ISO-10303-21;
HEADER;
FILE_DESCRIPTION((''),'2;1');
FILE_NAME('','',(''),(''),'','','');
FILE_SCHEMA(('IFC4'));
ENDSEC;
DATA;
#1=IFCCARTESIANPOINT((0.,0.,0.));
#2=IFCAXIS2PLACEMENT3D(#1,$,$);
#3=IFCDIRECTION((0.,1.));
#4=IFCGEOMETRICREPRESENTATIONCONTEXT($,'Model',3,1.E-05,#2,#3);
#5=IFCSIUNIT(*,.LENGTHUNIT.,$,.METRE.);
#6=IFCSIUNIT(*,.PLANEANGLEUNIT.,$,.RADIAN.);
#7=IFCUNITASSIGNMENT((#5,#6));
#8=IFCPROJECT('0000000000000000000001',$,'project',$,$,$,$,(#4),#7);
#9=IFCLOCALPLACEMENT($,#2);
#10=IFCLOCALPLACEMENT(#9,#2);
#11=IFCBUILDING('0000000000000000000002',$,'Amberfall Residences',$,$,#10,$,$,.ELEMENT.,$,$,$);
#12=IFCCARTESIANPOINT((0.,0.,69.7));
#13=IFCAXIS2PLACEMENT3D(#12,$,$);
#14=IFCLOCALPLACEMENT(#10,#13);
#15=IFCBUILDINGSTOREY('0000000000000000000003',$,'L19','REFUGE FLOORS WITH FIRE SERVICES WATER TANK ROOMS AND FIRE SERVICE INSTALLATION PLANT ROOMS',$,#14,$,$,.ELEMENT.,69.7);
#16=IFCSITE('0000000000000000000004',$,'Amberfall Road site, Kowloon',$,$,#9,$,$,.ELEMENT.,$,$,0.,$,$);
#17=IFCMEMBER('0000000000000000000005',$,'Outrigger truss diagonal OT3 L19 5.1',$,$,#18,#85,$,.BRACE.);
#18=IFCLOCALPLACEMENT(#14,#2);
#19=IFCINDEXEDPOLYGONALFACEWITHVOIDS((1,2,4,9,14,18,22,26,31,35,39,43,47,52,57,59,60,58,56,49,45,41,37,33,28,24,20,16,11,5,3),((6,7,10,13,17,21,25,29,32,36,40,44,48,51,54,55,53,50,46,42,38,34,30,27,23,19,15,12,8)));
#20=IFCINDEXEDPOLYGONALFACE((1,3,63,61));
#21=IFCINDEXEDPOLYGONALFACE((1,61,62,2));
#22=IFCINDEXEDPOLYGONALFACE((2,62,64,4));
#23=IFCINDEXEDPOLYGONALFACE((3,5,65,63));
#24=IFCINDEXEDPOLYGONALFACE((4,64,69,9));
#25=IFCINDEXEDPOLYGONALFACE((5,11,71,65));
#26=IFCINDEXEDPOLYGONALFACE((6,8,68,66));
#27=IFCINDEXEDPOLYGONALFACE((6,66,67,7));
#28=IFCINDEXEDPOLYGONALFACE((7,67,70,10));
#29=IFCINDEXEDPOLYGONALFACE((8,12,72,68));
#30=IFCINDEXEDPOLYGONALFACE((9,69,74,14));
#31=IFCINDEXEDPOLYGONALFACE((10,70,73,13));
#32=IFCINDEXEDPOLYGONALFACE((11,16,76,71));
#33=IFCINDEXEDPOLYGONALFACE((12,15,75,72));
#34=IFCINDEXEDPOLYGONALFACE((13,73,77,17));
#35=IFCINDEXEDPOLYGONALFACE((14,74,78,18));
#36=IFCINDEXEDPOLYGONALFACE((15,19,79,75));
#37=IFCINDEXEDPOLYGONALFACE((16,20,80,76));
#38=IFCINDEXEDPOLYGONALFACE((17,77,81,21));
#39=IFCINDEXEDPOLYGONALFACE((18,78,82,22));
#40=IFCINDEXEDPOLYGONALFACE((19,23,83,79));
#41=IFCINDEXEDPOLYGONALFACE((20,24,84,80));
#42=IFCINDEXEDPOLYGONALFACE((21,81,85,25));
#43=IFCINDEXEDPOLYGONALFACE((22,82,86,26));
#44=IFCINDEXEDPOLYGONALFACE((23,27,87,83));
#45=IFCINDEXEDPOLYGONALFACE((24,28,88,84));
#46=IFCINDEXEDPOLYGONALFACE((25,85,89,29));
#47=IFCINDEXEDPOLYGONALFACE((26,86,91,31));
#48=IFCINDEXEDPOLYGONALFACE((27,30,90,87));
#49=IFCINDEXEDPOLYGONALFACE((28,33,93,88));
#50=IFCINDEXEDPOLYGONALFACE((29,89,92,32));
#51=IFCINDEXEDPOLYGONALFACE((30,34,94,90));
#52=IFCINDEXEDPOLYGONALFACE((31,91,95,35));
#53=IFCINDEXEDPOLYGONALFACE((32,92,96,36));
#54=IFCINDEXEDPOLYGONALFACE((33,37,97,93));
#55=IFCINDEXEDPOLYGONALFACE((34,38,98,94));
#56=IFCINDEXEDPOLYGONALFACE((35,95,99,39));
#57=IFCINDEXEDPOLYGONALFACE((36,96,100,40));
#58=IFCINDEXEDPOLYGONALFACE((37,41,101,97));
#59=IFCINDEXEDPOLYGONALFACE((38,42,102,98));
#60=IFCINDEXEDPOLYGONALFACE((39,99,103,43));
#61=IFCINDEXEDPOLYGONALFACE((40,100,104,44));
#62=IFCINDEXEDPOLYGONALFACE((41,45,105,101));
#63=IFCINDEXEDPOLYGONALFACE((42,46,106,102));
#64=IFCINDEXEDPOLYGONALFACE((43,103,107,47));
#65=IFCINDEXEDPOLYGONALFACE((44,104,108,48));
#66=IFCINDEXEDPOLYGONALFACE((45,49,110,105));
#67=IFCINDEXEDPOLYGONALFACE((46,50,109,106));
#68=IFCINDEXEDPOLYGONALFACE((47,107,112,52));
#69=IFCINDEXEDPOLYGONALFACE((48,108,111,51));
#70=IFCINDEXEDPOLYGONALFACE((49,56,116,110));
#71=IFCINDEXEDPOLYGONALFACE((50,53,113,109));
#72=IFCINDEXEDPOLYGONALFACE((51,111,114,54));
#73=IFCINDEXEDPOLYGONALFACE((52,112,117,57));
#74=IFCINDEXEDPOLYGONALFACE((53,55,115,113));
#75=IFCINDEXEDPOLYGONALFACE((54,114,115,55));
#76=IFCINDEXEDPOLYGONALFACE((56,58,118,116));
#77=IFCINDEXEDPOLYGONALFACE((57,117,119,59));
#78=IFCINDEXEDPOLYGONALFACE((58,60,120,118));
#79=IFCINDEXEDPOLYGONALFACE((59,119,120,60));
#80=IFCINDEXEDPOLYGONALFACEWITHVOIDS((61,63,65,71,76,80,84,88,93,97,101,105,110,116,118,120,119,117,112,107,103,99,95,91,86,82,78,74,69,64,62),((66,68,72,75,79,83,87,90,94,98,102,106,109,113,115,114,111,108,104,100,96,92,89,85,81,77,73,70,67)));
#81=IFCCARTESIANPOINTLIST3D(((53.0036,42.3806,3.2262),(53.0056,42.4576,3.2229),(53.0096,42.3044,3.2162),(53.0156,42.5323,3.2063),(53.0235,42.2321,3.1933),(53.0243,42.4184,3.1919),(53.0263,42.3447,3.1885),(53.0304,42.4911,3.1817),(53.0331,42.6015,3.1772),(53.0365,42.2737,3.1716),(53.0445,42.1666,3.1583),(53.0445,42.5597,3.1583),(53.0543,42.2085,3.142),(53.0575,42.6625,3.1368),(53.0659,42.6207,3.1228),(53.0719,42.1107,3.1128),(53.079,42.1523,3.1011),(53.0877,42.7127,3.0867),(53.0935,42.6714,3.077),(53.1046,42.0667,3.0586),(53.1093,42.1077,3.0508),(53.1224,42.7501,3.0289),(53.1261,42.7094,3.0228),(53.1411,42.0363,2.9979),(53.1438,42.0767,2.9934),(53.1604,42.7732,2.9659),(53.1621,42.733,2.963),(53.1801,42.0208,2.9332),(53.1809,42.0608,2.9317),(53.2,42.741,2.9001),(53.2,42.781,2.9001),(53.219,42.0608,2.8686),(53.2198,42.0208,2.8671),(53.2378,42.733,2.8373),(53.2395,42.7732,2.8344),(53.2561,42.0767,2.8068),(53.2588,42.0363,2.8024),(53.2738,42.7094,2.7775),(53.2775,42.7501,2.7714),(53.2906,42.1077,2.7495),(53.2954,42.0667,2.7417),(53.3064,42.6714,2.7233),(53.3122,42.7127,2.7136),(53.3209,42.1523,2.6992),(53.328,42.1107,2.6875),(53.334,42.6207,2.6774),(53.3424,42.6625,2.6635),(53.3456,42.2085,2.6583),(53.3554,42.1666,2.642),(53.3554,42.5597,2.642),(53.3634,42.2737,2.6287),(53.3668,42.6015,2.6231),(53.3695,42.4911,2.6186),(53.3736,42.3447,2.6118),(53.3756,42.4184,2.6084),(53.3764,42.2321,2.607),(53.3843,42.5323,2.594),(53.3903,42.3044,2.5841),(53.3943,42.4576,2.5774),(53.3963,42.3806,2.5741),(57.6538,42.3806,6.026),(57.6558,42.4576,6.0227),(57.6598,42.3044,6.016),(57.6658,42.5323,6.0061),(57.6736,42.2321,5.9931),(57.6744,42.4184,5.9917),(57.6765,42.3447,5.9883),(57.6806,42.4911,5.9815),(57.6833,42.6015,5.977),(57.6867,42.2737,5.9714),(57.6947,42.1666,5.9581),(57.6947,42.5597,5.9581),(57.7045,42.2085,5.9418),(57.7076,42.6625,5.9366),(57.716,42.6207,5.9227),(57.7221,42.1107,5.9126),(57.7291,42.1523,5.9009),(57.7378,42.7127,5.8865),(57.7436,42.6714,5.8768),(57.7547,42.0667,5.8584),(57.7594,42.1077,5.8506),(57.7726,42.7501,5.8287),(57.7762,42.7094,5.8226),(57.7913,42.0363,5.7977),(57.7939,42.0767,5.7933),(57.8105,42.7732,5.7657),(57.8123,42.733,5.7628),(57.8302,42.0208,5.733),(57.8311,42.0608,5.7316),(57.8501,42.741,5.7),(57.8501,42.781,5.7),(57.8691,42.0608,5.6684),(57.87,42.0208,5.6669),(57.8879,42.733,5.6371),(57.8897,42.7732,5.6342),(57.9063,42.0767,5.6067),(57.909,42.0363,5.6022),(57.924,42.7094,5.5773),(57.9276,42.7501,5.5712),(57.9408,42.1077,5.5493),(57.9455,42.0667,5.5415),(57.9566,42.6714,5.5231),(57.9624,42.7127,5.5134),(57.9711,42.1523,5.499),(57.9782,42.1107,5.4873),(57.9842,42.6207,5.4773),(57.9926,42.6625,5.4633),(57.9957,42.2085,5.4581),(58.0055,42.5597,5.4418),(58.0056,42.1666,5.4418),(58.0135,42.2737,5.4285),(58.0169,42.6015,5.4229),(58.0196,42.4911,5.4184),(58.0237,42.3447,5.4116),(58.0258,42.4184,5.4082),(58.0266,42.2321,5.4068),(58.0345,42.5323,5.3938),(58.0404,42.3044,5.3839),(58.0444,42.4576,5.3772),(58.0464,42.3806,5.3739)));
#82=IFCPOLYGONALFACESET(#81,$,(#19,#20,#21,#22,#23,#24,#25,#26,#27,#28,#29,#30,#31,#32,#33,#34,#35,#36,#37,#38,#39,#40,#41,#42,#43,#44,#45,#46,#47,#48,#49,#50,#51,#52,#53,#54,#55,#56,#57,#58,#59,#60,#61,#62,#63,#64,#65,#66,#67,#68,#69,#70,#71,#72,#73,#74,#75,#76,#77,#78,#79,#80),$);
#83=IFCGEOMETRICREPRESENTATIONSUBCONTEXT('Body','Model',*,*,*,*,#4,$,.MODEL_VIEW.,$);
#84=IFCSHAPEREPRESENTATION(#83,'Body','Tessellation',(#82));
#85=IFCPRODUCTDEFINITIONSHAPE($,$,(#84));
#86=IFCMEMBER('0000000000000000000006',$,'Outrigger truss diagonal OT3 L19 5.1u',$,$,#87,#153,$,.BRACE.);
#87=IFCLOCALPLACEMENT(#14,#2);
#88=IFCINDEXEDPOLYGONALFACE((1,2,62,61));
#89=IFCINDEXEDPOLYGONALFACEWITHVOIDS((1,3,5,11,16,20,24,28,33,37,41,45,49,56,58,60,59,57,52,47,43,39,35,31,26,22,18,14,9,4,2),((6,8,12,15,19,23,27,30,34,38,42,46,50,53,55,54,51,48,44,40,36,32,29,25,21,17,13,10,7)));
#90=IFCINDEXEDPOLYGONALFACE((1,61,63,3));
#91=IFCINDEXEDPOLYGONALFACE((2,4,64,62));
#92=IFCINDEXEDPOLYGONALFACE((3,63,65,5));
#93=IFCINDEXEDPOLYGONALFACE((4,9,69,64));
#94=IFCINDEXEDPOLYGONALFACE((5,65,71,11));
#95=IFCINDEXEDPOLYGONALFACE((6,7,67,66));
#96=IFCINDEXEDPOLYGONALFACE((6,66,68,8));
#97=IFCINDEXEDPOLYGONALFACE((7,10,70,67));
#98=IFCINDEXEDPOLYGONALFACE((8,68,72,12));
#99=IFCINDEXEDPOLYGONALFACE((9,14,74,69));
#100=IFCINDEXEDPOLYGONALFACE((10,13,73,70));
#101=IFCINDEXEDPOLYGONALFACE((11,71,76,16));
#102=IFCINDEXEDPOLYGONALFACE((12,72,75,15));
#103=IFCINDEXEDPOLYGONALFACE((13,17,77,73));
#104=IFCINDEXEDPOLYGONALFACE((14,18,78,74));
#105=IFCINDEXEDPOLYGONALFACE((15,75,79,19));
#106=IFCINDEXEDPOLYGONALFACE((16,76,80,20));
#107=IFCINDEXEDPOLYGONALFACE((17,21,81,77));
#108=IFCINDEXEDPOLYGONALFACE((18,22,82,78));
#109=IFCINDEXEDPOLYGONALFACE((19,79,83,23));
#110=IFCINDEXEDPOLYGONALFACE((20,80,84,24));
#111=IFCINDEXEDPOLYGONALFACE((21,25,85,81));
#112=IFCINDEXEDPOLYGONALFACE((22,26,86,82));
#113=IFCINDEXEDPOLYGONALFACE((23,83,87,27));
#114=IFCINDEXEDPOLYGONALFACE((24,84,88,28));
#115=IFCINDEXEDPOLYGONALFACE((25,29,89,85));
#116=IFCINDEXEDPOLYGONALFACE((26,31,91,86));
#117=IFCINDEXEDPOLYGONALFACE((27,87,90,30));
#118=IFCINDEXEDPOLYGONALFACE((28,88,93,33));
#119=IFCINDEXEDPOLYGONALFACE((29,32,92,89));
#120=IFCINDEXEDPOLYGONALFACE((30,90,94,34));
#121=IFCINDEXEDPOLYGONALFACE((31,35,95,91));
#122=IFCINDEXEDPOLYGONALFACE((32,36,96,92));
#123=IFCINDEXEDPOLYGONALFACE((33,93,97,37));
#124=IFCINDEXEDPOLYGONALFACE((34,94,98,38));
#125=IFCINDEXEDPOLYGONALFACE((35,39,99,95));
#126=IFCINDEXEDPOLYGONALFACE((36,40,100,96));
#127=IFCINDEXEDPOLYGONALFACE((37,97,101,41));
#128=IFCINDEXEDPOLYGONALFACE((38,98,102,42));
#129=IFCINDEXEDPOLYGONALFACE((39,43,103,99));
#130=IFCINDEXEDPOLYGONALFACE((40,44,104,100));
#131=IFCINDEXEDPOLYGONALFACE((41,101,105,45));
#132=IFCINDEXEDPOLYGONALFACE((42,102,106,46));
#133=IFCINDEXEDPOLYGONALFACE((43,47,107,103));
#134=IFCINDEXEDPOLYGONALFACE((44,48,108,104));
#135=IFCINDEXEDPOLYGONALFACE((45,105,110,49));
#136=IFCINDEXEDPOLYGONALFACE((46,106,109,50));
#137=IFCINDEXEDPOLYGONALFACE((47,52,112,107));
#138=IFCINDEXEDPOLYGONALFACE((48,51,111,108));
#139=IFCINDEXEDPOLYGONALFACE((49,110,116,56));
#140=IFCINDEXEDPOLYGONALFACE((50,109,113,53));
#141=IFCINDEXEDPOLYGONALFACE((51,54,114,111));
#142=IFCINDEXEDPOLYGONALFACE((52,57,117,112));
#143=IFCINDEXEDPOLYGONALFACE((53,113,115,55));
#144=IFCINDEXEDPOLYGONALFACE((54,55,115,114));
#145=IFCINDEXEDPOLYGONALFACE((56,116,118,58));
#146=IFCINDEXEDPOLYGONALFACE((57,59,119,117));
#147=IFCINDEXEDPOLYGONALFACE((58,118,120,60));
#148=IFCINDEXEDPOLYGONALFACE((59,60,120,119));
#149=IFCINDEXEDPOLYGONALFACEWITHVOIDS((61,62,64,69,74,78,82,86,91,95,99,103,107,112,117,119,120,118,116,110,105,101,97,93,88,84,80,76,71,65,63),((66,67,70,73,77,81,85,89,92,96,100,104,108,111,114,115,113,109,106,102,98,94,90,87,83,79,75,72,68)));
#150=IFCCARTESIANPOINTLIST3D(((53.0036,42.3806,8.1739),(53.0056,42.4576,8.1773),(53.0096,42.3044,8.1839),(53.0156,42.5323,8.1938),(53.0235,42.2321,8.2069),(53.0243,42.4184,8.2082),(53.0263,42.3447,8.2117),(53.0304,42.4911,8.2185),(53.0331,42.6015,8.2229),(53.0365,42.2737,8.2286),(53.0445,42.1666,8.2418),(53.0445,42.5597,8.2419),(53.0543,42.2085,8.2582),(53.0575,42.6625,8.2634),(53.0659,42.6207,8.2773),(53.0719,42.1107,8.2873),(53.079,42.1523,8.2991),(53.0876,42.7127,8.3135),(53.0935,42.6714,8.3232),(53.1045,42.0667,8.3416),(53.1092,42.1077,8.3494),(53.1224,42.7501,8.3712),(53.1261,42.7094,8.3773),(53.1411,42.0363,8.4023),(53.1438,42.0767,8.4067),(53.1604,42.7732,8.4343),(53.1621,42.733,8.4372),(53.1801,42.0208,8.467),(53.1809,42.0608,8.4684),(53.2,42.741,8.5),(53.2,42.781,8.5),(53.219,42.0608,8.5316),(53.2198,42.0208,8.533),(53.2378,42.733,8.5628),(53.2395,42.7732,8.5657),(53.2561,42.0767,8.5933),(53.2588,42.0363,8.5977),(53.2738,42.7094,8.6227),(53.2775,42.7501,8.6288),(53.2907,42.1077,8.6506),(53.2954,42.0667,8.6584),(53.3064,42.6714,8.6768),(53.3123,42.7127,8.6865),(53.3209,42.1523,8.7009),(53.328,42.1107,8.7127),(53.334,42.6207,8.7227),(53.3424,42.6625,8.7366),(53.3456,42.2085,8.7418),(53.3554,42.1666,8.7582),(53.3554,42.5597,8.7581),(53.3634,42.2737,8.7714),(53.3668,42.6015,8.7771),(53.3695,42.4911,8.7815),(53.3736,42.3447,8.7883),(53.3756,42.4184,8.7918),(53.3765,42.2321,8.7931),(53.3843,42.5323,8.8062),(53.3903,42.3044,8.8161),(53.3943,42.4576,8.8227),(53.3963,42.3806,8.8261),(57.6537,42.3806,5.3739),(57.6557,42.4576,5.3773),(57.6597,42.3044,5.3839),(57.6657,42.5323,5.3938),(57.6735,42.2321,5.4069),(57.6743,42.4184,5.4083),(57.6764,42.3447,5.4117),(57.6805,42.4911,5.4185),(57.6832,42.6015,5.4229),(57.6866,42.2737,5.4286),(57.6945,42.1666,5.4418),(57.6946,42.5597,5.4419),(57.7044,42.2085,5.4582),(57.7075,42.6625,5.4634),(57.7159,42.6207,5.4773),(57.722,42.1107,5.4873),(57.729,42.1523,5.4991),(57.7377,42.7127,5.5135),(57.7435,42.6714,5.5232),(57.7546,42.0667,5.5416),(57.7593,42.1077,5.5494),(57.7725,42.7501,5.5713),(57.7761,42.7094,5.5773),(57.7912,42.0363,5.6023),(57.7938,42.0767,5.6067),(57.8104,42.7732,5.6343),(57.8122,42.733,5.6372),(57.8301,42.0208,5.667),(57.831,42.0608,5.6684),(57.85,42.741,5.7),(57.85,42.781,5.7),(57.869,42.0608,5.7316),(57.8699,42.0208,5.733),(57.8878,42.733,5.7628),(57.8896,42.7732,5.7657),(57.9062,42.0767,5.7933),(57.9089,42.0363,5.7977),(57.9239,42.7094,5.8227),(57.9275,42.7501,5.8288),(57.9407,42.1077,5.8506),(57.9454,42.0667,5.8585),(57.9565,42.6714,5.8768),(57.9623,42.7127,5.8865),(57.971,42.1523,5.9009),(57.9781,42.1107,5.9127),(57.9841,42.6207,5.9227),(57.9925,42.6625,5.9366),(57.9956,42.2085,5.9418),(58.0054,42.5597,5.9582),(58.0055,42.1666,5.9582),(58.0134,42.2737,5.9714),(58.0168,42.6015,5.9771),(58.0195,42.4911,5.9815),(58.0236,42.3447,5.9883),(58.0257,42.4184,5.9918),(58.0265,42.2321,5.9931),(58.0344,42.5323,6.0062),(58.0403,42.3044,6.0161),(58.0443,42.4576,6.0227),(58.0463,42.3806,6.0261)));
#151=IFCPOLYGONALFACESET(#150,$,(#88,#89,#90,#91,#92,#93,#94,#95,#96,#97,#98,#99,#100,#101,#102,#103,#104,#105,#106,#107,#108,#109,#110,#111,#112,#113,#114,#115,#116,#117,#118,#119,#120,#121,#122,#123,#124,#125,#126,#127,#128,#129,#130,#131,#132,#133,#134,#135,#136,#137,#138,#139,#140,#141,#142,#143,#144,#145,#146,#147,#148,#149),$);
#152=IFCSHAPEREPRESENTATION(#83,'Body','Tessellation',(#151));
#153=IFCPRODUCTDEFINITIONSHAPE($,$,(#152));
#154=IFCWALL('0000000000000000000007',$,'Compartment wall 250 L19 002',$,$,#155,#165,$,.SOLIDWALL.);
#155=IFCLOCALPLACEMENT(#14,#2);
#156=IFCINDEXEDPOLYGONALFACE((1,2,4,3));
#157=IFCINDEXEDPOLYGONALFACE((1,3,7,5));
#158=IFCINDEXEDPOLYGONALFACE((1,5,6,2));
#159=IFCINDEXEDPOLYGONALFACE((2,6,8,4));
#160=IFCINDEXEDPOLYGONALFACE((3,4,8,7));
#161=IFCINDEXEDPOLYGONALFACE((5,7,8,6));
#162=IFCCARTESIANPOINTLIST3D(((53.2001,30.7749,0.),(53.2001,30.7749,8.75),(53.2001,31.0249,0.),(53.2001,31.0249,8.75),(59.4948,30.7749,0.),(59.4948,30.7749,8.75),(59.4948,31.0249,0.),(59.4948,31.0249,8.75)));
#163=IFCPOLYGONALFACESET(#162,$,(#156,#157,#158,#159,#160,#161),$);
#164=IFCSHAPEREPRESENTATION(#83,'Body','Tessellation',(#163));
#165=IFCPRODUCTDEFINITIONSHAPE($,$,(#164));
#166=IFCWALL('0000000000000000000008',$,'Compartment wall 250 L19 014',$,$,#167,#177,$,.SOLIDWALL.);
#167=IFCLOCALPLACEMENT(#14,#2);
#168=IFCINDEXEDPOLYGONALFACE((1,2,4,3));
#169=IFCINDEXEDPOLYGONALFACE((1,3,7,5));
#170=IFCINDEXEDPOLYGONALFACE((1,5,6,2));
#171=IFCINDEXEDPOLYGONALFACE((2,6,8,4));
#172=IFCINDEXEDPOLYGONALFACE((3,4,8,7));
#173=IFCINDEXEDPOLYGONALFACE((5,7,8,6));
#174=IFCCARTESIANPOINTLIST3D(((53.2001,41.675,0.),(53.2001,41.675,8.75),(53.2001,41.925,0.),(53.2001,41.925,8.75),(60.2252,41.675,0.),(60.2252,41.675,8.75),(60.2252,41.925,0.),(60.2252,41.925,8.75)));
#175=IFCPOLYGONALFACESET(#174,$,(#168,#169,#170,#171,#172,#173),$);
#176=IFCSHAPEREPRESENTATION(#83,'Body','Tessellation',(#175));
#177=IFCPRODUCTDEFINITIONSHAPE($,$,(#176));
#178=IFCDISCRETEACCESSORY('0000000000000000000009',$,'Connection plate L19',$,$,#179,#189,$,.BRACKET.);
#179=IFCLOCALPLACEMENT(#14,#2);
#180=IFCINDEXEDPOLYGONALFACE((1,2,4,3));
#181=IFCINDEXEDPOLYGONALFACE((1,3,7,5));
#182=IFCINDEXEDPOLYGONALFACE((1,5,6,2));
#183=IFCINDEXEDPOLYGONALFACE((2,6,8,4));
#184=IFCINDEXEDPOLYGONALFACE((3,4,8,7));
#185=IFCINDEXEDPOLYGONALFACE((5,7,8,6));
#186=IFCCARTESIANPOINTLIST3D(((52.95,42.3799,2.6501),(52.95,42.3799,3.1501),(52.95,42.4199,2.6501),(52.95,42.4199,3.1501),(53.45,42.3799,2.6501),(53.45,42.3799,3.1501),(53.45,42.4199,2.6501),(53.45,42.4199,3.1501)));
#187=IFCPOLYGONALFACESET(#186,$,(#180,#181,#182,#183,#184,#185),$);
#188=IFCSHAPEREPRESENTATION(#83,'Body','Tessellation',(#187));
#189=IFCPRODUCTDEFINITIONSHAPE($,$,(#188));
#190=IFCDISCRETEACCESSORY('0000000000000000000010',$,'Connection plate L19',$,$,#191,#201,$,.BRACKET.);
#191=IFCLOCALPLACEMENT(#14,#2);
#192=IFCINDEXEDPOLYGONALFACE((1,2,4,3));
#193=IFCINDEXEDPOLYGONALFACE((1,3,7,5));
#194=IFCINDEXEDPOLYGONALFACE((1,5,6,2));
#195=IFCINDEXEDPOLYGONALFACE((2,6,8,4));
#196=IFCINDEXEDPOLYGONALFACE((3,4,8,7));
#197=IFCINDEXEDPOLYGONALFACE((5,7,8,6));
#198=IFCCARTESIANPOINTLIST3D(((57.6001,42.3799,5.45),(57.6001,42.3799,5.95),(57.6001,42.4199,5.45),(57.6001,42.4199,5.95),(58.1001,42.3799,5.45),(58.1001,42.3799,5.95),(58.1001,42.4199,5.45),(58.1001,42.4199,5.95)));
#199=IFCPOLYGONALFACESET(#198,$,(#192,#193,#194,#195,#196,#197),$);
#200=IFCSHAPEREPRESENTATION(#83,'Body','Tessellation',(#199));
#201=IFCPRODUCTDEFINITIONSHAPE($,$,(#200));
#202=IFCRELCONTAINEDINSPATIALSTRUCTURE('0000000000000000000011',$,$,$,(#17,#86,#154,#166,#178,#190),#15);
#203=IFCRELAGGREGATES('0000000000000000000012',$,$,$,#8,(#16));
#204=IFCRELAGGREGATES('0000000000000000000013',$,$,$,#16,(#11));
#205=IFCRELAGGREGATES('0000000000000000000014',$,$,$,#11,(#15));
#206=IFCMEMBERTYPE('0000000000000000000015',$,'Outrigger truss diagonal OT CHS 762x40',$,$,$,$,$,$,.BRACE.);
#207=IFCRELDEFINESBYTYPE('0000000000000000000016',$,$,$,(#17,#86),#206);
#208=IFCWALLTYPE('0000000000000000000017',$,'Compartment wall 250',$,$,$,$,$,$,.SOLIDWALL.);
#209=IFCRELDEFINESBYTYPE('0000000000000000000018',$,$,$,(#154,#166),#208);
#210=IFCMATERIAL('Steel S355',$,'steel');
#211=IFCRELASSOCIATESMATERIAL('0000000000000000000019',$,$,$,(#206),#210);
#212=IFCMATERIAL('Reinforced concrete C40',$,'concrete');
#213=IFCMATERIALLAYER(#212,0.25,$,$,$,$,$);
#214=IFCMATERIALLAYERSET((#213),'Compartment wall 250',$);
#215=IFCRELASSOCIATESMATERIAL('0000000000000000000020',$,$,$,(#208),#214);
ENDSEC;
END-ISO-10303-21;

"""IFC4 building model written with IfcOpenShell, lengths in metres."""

from ifc_helpers import new_model, si_unit, direction, frame, frame_2d, origin, origin_2d, place, context, subcontext, project, spatial, rectangle, hollow_circle, extrude, material, layer, layer_set, material_profile, profile_set, type_object, element, save


model = new_model("IFC4")

# Units and contexts
model_context = context("Model", 3, precision=1e-05, world=origin(), true_north=direction((0.0, 1.0)))
body_context = subcontext(model_context, "Body", "Model", "MODEL_VIEW")
ifc_project = project(units=[si_unit("LENGTHUNIT", "METRE"), si_unit("PLANEANGLEUNIT", "RADIAN")], contexts=[model_context])

# Site, building, storey
site_placement = place(None, origin())
site = spatial("IfcSite", under=ifc_project, at=site_placement, Name="Amberfall Road site, Kowloon", CompositionType="ELEMENT", RefElevation=0.0)
building_placement = place(site_placement, origin())
building = spatial("IfcBuilding", under=site, at=building_placement, Name="Amberfall Residences", CompositionType="ELEMENT")
storey_placement = place(building_placement, frame((0.0, 0.0, 69.7)))
storey = spatial("IfcBuildingStorey", under=building, at=storey_placement, Name="L19", Description="REFUGE FLOORS WITH FIRE SERVICES WATER TANK ROOMS AND FIRE SERVICE INSTALLATION PLANT ROOMS", CompositionType="ELEMENT", Elevation=69.7)

# Shared definitions
ifc_material_1 = material(Name="Steel S355", Category="steel")

# Members
ifc_material_profile_1 = material_profile(ifc_material_1, hollow_circle(Radius=0.3811, WallThickness=0.04, at=origin_2d()), Name="CHS 762x40")
ifc_profile_set_1 = profile_set([ifc_material_profile_1], Name="Steel S355")
member_type_1 = type_object("IfcMemberType", Name="Outrigger truss diagonal OT CHS 762x40", PredefinedType="BRACE", material=ifc_profile_set_1)
for number, where, z_axis, x_axis, name in (
    (1, (53.2, 42.3999, 2.9001), (0.856702, 0.0, 0.515811), (0.0, 1.0, 0.0), "Outrigger truss diagonal OT3 L19 5.1"),
    (2, (53.2, 42.3999, 8.5), (0.856682, 0.0, -0.515844), (0.0, 1.0, 0.0), "Outrigger truss diagonal OT3 L19 5.1u"),
):
    element("IfcMember", number, at=place(storey_placement, frame(where, z_axis=z_axis, x_axis=x_axis)), inside=storey, type_object=member_type_1, Name=name, PredefinedType="BRACE", context=body_context, shape_type="SweptSolid", body=[
        extrude(hollow_circle(Radius=0.3811, WallThickness=0.04, at=origin_2d()), origin(), (0.0, 0.0, 1.0), 5.428),
    ])

# Walls
ifc_material_2 = material(Name="Reinforced concrete C40", Category="concrete")
ifc_layer = layer(ifc_material_2, 0.25)
ifc_layer_set = layer_set([ifc_layer], Name="Compartment wall 250")
wall_type = type_object("IfcWallType", Name="Compartment wall 250", PredefinedType="SOLIDWALL", material=ifc_layer_set)
wall_1_placement = place(storey_placement, frame((53.2, 30.8999, 0.0), z_axis=(0.0, 0.0, 1.0), x_axis=(1.0, 0.0, 0.0)))
element("IfcWall", 3, at=wall_1_placement, inside=storey, type_object=wall_type, Name="Compartment wall 250 L19 002", PredefinedType="SOLIDWALL", context=body_context, shape_type="SweptSolid", body=[
    extrude(rectangle(XDim=6.2947, YDim=0.25, at=frame_2d((3.1475, 0.0))), origin(), (0.0, 0.0, 1.0), 8.75),
])
wall_2_placement = place(storey_placement, frame((53.2, 41.8, 0.0), z_axis=(0.0, 0.0, 1.0), x_axis=(1.0, 0.0, 0.0)))
element("IfcWall", 4, at=wall_2_placement, inside=storey, type_object=wall_type, Name="Compartment wall 250 L19 014", PredefinedType="SOLIDWALL", context=body_context, shape_type="SweptSolid", body=[
    extrude(rectangle(XDim=7.0251, YDim=0.25, at=frame_2d((3.5127, 0.0))), origin(), (0.0, 0.0, 1.0), 8.75),
])

# Discrete accessories
for number, where, z_axis, x_axis, name in (
    (5, (53.2, 42.3999, 2.6501), (0.0, 0.0, 1.0), (1.0, 0.0, 0.0), "Connection plate L19"),
    (6, (57.8501, 42.3999, 5.45), (0.0, 0.0, 1.0), (1.0, 0.0, 0.0), "Connection plate L19"),
):
    element("IfcDiscreteAccessory", number, at=place(storey_placement, frame(where, z_axis=z_axis, x_axis=x_axis)), inside=storey, Name=name, PredefinedType="BRACKET", context=body_context, shape_type="SweptSolid", body=[
        extrude(rectangle(XDim=0.5, YDim=0.04, at=origin_2d()), origin(), (0.0, 0.0, 1.0), 0.5),
    ])

save(model, "model.ifc")
